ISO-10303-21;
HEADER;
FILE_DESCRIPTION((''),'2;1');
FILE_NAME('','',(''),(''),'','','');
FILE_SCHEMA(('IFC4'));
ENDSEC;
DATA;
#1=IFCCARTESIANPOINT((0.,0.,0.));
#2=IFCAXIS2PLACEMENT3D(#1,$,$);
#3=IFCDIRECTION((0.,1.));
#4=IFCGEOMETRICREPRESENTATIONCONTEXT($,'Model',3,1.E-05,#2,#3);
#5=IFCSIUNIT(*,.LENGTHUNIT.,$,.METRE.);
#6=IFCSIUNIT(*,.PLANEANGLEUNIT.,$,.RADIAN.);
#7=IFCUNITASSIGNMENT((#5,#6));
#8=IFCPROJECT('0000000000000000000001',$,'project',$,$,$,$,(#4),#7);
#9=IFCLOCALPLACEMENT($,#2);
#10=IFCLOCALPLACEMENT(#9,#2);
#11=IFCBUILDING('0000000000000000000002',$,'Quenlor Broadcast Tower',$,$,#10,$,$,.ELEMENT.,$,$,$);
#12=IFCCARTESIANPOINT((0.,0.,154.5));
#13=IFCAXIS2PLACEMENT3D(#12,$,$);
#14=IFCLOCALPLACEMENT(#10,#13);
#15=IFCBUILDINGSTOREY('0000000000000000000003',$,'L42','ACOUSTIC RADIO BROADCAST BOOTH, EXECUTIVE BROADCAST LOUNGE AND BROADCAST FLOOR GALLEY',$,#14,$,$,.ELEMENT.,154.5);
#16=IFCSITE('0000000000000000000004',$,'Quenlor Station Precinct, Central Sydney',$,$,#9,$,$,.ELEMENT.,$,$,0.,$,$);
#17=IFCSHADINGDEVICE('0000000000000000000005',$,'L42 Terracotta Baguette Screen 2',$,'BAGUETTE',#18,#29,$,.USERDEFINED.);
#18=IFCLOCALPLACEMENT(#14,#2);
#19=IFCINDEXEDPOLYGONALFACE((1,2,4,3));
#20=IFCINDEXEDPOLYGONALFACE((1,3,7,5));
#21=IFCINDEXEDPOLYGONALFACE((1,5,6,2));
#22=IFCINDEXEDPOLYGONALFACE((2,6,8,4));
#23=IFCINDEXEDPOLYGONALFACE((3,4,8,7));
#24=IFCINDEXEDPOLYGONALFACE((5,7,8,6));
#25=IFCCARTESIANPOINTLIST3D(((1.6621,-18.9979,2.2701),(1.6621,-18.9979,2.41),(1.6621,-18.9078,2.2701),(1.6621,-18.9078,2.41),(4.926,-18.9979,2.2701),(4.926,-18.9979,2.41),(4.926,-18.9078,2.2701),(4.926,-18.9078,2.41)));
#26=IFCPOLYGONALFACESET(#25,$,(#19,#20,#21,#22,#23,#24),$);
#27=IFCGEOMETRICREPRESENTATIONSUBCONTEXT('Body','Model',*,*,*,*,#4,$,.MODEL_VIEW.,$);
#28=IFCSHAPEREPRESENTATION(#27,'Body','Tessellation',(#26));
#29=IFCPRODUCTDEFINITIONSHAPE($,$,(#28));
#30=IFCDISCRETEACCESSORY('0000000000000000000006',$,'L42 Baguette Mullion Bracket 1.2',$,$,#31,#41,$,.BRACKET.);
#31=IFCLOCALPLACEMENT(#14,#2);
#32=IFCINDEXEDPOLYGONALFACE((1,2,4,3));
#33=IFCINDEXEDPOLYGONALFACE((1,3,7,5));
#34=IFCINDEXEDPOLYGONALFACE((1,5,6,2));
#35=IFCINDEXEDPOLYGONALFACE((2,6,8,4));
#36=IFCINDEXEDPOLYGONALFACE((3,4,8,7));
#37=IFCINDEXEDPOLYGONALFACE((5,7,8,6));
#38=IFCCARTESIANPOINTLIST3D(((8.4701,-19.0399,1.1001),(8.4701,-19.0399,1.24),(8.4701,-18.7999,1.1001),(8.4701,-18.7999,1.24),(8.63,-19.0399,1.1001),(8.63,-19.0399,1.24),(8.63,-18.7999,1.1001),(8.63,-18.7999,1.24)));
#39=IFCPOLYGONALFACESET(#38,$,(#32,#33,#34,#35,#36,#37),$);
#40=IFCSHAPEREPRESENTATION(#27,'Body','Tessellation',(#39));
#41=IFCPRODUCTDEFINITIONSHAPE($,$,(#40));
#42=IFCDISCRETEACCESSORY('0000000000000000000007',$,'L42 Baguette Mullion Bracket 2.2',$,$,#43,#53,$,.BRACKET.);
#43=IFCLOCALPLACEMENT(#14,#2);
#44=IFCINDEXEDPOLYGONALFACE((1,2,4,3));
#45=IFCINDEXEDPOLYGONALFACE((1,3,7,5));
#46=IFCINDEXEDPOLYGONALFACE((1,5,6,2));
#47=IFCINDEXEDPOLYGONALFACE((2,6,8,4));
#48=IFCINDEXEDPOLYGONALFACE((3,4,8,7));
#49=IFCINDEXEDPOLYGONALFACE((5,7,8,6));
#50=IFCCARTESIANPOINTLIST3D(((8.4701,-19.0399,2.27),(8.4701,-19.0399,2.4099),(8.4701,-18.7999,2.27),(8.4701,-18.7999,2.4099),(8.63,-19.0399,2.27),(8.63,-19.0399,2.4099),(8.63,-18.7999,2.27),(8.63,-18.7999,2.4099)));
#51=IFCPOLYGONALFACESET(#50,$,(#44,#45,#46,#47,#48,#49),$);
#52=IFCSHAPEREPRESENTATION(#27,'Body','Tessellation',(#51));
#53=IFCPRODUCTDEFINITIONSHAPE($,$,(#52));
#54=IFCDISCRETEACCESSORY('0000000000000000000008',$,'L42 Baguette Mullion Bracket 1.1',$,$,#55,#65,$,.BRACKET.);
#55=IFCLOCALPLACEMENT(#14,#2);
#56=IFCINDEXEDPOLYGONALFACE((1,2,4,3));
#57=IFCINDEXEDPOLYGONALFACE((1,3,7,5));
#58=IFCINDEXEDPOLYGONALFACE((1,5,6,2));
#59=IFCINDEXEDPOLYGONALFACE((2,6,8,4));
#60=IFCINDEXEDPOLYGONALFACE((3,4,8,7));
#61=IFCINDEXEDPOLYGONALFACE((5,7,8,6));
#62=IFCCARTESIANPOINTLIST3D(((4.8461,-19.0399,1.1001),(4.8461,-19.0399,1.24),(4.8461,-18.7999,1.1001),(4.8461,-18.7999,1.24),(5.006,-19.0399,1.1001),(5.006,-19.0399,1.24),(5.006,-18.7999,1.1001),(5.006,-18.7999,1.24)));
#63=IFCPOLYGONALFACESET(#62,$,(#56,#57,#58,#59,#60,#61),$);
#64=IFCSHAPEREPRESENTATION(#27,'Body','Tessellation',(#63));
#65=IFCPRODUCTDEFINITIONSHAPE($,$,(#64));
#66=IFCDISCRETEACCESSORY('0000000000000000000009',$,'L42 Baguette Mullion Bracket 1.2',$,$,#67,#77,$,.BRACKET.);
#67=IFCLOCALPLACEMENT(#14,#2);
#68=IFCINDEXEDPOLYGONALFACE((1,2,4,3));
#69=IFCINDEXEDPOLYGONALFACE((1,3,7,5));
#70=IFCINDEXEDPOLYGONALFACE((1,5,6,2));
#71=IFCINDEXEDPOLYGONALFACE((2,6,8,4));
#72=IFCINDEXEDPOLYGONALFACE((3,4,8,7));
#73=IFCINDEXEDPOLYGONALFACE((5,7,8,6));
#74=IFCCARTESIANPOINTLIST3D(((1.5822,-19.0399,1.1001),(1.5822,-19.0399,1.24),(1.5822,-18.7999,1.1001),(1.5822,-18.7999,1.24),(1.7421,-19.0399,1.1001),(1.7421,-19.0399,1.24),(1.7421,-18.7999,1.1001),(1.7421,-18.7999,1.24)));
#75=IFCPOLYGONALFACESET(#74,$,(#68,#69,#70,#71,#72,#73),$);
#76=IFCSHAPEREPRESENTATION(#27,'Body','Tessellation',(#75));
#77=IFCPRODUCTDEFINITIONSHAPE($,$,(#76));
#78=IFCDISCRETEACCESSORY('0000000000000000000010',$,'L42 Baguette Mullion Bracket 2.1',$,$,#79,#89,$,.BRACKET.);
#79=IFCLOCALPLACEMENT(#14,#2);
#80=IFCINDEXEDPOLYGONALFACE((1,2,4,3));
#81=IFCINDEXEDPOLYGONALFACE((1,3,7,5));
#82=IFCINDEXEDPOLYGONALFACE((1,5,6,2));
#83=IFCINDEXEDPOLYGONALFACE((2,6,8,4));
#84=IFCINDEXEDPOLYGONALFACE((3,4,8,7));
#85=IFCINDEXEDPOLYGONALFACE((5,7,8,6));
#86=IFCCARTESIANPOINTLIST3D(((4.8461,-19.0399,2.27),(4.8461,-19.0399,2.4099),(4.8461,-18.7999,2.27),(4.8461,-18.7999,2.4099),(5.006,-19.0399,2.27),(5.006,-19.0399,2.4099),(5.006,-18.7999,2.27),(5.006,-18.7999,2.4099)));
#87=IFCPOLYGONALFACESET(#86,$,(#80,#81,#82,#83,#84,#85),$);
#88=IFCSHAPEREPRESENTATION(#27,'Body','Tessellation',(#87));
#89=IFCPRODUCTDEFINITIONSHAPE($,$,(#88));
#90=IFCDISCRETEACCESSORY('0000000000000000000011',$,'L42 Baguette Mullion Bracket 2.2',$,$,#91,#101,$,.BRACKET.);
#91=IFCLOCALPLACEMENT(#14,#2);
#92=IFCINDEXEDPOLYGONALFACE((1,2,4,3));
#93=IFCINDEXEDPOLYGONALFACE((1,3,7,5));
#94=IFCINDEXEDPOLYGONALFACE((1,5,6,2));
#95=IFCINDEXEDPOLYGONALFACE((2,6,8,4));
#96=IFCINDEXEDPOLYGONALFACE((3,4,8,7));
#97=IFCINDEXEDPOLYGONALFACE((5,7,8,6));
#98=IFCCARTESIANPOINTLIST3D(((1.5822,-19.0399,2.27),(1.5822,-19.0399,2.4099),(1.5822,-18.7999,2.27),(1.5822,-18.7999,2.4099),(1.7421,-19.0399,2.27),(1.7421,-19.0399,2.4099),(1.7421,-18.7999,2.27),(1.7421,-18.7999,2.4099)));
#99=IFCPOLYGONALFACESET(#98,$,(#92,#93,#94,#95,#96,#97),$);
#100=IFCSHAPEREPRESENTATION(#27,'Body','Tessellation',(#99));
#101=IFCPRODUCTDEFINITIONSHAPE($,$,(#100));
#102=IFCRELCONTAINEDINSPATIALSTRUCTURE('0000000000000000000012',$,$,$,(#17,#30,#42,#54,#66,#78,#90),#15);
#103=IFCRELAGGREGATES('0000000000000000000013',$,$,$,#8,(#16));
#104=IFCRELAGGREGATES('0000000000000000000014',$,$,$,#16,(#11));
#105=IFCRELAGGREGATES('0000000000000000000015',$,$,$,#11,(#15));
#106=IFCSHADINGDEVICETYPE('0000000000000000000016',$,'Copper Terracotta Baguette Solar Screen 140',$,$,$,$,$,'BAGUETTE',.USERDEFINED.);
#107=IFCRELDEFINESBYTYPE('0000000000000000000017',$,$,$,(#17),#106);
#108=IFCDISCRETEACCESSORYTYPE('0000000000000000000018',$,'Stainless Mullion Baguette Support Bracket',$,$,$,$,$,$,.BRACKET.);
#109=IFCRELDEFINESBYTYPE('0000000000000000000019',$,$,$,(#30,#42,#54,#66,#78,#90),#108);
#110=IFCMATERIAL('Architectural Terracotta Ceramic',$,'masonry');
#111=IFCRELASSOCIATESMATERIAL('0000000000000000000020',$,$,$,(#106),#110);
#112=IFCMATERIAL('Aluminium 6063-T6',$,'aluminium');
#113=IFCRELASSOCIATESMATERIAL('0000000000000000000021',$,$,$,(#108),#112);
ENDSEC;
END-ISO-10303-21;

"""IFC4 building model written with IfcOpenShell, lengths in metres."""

from ifc_helpers import new_model, si_unit, direction, frame, origin, origin_2d, place, context, subcontext, project, spatial, rectangle, extrude, material, material_profile, profile_set, type_object, element, save


model = new_model("IFC4")

# Units and contexts
model_context = context("Model", 3, precision=1e-05, world=origin(), true_north=direction((0.0, 1.0)))
body_context = subcontext(model_context, "Body", "Model", "MODEL_VIEW")
ifc_project = project(units=[si_unit("LENGTHUNIT", "METRE"), si_unit("PLANEANGLEUNIT", "RADIAN")], contexts=[model_context])

# Site, building, storey
site_placement = place(None, origin())
site = spatial("IfcSite", under=ifc_project, at=site_placement, Name="Quenlor Station Precinct, Central Sydney", CompositionType="ELEMENT", RefElevation=0.0)
building_placement = place(site_placement, origin())
building = spatial("IfcBuilding", under=site, at=building_placement, Name="Quenlor Broadcast Tower", CompositionType="ELEMENT")
storey_placement = place(building_placement, frame((0.0, 0.0, 154.5)))
storey = spatial("IfcBuildingStorey", under=building, at=storey_placement, Name="L42", Description="ACOUSTIC RADIO BROADCAST BOOTH, EXECUTIVE BROADCAST LOUNGE AND BROADCAST FLOOR GALLEY", CompositionType="ELEMENT", Elevation=154.5)

# Shading device
ifc_material_1 = material(Name="Architectural Terracotta Ceramic", Category="masonry")
ifc_material_profile_1 = material_profile(ifc_material_1, rectangle(XDim=0.0901, YDim=0.1399, at=origin_2d()))
ifc_profile_set_1 = profile_set([ifc_material_profile_1], Name="Architectural Terracotta Ceramic BAG90x140")
shading_device_type = type_object("IfcShadingDeviceType", Name="Copper Terracotta Baguette Solar Screen 140", ElementType="BAGUETTE", PredefinedType="USERDEFINED", material=ifc_profile_set_1)
for number, where, z_axis, x_axis, name in (
    (1, (4.926, -18.9529, 2.3401), (-1.0, 0.0, 0.0), (0.0, -1.0, 0.0), "L42 Terracotta Baguette Screen 2"),
):
    element("IfcShadingDevice", number, at=place(storey_placement, frame(where, z_axis=z_axis, x_axis=x_axis)), inside=storey, type_object=shading_device_type, Name=name, ObjectType="BAGUETTE", PredefinedType="USERDEFINED", context=body_context, shape_type="SweptSolid", body=[
        extrude(rectangle(XDim=0.0901, YDim=0.1399, at=origin_2d()), origin(), (0.0, 0.0, 1.0), 3.2639),
    ])

# Discrete accessories
ifc_material_2 = material(Name="Aluminium 6063-T6", Category="aluminium")
discrete_accessory_type = type_object("IfcDiscreteAccessoryType", Name="Stainless Mullion Baguette Support Bracket", PredefinedType="BRACKET", material=ifc_material_2)
for number, where, z_axis, x_axis, name in (
    (2, (8.55, -18.9199, 1.1001), (0.0, 0.0, 1.0), (-1.0, 0.0, 0.0), "L42 Baguette Mullion Bracket 1.2"),
    (3, (8.55, -18.9199, 2.27), (0.0, 0.0, 1.0), (-1.0, 0.0, 0.0), "L42 Baguette Mullion Bracket 2.2"),
    (4, (4.926, -18.9199, 1.1001), (0.0, 0.0, 1.0), (-1.0, 0.0, 0.0), "L42 Baguette Mullion Bracket 1.1"),
    (5, (1.6621, -18.9199, 1.1001), (0.0, 0.0, 1.0), (-1.0, 0.0, 0.0), "L42 Baguette Mullion Bracket 1.2"),
    (6, (4.926, -18.9199, 2.27), (0.0, 0.0, 1.0), (-1.0, 0.0, 0.0), "L42 Baguette Mullion Bracket 2.1"),
    (7, (1.6621, -18.9199, 2.27), (0.0, 0.0, 1.0), (-1.0, 0.0, 0.0), "L42 Baguette Mullion Bracket 2.2"),
):
    element("IfcDiscreteAccessory", number, at=place(storey_placement, frame(where, z_axis=z_axis, x_axis=x_axis)), inside=storey, type_object=discrete_accessory_type, Name=name, PredefinedType="BRACKET", context=body_context, shape_type="SweptSolid", body=[
        extrude(rectangle(XDim=0.1599, YDim=0.24, at=origin_2d()), origin(), (0.0, 0.0, 1.0), 0.1399),
    ])

save(model, "model.ifc")
